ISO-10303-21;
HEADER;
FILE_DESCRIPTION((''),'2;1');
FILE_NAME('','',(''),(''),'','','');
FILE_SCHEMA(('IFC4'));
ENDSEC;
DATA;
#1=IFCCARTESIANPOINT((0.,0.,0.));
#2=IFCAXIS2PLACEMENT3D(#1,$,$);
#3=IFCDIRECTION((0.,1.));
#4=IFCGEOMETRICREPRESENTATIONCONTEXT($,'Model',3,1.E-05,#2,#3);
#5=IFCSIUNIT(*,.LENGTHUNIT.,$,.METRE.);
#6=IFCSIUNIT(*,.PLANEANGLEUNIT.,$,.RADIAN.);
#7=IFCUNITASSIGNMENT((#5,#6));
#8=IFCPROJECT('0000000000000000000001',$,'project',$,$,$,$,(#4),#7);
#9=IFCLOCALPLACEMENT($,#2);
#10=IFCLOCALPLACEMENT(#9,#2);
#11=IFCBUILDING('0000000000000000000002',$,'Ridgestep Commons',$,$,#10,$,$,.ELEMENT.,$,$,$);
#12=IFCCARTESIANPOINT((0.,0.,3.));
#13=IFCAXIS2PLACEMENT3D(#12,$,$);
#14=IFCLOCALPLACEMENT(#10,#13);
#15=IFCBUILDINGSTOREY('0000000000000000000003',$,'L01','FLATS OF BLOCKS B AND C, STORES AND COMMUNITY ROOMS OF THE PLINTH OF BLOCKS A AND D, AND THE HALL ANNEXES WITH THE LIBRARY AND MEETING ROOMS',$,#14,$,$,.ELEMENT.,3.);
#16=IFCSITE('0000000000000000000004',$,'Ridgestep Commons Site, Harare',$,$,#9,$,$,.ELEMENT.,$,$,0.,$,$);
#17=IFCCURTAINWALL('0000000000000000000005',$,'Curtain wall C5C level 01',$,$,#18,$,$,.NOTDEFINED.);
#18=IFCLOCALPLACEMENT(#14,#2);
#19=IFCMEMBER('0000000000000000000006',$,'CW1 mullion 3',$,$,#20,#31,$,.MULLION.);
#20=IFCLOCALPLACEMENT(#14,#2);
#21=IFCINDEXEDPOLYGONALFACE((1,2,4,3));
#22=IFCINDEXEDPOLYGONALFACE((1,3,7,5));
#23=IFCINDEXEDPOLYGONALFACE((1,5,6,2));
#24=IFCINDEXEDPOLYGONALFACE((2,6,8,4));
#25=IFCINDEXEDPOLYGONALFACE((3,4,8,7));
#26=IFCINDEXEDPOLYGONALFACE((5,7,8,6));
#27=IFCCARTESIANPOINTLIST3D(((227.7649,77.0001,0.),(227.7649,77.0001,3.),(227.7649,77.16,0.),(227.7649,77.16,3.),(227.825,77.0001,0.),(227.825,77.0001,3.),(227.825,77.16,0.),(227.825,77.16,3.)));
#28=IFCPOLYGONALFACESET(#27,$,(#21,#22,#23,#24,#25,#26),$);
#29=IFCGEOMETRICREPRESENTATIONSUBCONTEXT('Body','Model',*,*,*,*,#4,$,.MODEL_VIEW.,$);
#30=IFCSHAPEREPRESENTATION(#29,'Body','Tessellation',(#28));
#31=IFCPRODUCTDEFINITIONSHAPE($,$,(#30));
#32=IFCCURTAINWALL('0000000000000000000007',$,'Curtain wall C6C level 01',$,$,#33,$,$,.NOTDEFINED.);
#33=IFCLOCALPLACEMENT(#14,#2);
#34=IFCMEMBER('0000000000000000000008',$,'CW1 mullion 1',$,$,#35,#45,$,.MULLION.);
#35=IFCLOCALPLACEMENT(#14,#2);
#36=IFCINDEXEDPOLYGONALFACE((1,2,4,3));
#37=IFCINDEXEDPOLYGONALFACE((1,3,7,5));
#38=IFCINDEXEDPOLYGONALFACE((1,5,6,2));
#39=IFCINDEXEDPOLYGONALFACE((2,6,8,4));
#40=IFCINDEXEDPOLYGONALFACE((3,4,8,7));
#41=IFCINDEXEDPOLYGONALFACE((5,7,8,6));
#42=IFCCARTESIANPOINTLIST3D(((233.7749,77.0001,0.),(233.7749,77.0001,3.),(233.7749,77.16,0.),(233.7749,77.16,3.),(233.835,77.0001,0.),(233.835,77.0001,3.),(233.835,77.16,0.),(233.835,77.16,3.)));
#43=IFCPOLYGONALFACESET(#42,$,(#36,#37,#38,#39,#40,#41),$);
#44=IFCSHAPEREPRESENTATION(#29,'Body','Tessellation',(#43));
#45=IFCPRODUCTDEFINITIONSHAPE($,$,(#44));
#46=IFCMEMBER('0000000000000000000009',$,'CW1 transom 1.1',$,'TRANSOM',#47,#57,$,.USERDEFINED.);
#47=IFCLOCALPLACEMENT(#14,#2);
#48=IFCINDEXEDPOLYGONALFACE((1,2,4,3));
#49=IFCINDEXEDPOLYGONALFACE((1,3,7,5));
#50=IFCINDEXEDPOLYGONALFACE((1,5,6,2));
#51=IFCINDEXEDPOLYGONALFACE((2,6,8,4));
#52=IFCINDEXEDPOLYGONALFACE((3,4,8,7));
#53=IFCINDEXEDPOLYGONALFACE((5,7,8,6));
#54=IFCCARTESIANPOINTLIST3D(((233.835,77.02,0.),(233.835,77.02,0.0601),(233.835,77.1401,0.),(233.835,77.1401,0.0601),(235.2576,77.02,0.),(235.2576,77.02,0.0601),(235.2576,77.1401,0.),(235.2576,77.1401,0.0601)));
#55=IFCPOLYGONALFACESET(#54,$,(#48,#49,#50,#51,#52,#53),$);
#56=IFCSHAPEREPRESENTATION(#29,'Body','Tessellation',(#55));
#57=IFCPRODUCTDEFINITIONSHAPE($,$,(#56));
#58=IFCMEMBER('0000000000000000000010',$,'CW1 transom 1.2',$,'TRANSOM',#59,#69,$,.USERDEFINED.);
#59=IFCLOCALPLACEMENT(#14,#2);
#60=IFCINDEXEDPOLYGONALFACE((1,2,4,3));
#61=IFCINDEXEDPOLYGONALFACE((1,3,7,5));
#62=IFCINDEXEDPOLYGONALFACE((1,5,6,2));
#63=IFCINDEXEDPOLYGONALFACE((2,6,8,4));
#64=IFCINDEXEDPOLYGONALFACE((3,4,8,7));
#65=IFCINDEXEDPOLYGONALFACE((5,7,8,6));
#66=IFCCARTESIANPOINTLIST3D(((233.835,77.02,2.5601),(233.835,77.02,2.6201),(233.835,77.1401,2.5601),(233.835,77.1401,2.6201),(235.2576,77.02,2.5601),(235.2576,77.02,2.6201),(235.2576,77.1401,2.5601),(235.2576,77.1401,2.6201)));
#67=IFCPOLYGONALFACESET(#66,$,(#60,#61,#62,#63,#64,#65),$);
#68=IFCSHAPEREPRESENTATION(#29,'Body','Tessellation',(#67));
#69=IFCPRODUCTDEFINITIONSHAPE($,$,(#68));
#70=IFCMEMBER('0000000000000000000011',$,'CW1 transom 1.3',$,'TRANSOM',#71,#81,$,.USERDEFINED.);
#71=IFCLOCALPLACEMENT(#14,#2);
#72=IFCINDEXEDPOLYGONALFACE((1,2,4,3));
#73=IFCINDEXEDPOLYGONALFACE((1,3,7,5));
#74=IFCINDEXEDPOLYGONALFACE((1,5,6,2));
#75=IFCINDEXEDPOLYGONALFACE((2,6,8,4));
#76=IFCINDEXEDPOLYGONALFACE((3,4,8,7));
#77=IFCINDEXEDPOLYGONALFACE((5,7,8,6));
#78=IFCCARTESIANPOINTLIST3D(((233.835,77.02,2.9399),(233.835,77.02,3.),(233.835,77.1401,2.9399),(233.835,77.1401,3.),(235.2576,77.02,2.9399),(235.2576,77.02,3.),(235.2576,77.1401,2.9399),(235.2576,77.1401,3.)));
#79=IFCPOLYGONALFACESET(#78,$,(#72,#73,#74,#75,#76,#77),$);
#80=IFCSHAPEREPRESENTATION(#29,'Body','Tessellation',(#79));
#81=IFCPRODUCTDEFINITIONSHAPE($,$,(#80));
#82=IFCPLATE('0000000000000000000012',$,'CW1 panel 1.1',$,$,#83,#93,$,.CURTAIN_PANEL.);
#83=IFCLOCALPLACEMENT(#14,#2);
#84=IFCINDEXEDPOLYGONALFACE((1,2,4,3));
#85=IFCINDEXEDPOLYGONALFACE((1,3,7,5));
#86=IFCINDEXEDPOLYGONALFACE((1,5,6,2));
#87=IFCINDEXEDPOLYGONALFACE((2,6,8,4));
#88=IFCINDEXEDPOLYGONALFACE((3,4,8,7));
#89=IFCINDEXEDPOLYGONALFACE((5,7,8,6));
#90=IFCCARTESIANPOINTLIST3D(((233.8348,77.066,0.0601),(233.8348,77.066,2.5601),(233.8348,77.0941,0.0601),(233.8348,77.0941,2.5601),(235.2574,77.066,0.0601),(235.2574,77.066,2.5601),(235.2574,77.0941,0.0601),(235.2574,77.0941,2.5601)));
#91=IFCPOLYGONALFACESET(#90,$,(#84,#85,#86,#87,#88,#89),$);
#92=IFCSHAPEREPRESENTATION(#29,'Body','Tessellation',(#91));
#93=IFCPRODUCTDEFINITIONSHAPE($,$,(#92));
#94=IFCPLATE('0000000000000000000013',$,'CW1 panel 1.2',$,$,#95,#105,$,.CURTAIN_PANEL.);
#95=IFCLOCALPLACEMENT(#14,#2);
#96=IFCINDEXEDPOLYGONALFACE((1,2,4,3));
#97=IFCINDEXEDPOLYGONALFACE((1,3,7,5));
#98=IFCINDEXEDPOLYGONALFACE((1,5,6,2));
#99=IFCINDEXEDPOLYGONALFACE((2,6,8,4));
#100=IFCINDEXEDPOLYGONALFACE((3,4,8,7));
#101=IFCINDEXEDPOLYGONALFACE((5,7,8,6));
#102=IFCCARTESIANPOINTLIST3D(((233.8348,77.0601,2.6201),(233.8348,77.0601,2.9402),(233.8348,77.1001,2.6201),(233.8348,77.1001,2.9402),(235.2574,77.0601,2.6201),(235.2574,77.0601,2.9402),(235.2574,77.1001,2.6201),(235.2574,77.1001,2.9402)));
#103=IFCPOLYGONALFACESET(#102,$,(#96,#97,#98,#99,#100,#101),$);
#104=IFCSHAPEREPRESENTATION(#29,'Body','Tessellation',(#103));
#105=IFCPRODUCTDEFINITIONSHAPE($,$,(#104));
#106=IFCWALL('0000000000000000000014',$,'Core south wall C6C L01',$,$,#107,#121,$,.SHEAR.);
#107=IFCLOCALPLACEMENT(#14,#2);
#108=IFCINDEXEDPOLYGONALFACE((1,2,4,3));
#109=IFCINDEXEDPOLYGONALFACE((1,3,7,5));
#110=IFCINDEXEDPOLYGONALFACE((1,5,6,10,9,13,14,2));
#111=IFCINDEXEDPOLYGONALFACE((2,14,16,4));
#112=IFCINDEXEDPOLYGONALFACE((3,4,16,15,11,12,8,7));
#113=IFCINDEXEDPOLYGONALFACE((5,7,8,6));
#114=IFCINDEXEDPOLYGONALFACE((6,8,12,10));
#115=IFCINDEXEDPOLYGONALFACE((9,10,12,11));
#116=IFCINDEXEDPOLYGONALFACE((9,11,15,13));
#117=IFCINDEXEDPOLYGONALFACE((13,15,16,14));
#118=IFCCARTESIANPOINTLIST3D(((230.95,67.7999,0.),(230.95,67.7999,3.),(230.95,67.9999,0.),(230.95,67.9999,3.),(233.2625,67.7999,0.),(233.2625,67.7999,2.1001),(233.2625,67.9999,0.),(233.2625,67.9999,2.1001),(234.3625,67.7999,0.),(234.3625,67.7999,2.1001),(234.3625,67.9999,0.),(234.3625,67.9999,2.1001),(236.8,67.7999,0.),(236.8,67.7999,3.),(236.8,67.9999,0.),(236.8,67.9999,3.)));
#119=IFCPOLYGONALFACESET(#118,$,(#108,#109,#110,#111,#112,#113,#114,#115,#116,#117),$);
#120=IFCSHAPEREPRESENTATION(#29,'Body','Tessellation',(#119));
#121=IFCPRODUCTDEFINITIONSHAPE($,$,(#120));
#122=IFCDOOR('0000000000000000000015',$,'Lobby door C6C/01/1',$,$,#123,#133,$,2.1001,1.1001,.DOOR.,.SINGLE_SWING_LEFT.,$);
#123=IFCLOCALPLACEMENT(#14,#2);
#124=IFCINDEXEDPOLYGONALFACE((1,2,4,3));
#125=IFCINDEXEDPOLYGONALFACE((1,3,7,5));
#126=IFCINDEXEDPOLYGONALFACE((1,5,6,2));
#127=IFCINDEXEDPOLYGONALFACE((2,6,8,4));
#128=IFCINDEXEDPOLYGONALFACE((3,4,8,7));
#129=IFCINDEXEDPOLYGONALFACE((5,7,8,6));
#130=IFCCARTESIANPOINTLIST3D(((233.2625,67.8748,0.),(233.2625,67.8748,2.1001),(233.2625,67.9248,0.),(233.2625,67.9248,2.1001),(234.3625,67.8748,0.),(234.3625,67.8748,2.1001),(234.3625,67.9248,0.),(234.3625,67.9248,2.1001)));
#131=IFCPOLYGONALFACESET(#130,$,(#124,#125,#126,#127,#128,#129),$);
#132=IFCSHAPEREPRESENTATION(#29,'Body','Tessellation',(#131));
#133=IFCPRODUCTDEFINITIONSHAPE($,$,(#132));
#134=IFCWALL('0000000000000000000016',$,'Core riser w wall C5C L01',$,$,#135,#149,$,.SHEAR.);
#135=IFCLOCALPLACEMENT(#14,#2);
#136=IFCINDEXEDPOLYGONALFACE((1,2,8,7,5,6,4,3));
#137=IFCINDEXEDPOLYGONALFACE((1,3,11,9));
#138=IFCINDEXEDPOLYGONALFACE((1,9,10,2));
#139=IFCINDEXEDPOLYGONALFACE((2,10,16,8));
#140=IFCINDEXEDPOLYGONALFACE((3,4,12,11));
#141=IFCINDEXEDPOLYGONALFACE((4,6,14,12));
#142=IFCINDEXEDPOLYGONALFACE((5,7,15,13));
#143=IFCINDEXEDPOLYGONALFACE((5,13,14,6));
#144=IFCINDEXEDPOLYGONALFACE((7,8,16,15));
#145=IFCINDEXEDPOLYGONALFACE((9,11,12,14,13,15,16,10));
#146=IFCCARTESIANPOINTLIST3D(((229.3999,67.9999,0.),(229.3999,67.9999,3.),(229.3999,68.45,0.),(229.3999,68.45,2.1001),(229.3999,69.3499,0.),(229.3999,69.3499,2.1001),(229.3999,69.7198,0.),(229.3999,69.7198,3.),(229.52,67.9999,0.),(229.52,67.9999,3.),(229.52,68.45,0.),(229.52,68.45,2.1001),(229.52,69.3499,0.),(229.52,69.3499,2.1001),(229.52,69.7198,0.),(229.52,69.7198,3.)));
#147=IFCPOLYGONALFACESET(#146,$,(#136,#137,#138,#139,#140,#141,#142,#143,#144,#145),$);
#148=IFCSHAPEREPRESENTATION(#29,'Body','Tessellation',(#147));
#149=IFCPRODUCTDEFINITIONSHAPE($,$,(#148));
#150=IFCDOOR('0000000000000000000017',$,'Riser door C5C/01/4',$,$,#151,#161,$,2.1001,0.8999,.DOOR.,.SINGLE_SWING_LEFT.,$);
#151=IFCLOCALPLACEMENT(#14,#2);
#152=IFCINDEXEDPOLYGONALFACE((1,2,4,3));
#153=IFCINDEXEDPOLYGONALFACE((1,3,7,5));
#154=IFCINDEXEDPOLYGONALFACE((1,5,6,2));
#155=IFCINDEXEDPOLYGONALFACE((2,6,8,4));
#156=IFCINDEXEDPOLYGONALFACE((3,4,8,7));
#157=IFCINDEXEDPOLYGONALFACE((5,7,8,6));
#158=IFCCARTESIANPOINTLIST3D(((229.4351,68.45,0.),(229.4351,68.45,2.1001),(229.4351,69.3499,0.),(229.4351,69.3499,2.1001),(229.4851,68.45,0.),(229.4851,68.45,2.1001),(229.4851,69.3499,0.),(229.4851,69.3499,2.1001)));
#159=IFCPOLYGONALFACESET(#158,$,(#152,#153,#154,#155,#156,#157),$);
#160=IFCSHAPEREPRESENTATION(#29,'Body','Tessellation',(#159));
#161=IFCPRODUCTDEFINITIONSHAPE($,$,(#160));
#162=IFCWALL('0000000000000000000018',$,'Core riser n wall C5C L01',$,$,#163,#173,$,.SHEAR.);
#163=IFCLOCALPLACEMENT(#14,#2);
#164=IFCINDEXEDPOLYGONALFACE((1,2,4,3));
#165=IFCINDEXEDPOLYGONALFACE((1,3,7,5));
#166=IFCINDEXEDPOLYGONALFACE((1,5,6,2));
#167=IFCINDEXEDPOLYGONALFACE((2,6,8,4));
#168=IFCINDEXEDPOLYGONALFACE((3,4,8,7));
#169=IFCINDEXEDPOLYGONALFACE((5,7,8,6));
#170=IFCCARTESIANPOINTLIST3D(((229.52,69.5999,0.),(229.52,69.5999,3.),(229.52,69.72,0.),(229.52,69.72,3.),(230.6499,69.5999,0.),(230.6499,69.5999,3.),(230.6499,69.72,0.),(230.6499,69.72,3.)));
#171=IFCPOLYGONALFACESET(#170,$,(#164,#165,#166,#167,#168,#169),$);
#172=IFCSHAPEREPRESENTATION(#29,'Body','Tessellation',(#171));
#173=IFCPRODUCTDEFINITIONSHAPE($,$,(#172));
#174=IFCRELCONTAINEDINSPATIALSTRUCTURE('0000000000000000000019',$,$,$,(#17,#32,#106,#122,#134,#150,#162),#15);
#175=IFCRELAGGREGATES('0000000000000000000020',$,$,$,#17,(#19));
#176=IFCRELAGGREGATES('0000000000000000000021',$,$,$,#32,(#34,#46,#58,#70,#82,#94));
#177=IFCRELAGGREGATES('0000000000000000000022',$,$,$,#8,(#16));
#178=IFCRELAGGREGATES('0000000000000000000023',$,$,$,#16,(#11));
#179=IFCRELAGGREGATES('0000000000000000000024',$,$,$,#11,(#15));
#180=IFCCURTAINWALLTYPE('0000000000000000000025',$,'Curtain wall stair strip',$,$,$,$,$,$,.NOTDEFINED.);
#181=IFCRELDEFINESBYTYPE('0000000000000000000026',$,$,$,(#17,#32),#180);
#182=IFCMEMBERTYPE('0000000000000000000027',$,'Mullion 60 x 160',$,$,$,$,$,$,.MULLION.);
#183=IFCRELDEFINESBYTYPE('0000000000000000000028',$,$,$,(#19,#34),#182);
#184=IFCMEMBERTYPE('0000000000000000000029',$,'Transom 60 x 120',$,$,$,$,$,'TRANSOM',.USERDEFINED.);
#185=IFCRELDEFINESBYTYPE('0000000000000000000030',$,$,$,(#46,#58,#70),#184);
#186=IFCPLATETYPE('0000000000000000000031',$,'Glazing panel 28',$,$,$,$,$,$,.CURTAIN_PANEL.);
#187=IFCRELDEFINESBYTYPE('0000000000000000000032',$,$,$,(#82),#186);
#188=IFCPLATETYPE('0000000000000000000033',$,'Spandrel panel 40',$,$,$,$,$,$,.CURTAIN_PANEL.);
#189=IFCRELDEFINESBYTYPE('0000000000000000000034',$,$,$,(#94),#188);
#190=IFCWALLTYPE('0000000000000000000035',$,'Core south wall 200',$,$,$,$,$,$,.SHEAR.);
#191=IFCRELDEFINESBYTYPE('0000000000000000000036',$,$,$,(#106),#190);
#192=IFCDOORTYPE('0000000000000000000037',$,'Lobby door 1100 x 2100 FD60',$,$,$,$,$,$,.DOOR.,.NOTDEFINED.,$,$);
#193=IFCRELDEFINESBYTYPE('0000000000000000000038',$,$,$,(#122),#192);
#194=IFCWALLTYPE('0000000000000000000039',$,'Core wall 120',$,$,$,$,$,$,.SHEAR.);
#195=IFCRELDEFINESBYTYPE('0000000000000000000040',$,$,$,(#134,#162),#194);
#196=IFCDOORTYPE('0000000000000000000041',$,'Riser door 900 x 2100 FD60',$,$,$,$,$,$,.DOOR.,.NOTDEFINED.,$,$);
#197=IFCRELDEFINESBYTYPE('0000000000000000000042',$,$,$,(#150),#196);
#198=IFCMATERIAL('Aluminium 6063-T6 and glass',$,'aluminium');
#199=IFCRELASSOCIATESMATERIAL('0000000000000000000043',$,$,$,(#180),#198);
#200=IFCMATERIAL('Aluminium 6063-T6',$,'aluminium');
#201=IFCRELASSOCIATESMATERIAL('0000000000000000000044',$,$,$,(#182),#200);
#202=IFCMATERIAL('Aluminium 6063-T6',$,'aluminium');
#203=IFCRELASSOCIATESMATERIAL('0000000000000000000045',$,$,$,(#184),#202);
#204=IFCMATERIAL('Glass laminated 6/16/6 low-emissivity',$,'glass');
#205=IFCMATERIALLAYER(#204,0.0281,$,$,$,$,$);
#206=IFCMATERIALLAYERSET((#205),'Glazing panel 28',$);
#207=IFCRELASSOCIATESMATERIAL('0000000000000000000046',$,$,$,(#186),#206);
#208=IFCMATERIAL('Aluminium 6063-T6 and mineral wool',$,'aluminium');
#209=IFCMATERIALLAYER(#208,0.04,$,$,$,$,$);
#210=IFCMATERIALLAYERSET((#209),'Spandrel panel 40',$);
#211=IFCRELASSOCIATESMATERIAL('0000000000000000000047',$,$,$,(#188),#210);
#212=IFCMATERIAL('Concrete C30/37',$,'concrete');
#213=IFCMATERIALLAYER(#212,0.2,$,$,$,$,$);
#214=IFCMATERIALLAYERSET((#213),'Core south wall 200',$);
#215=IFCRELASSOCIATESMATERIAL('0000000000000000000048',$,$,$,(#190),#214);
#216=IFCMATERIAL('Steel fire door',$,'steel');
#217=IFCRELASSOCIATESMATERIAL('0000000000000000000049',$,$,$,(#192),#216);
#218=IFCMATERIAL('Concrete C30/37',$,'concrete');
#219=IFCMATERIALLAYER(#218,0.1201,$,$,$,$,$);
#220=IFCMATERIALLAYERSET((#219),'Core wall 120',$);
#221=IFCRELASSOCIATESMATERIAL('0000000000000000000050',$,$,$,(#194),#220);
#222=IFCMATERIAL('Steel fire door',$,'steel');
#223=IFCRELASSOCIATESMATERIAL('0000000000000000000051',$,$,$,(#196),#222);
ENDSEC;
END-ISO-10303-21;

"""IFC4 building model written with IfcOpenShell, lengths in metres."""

from ifc_helpers import new_model, si_unit, direction, frame, frame_2d, origin, origin_2d, place, context, subcontext, project, spatial, rectangle, extrude, material, layer, layer_set, material_profile, profile_set, type_object, element, fill, aggregate, save


model = new_model("IFC4")

# Units and contexts
model_context = context("Model", 3, precision=1e-05, world=origin(), true_north=direction((0.0, 1.0)))
body_context = subcontext(model_context, "Body", "Model", "MODEL_VIEW")
ifc_project = project(units=[si_unit("LENGTHUNIT", "METRE"), si_unit("PLANEANGLEUNIT", "RADIAN")], contexts=[model_context])

# Site, building, storey
site_placement = place(None, origin())
site = spatial("IfcSite", under=ifc_project, at=site_placement, Name="Ridgestep Commons Site, Harare", CompositionType="ELEMENT", RefElevation=0.0)
building_placement = place(site_placement, origin())
building = spatial("IfcBuilding", under=site, at=building_placement, Name="Ridgestep Commons", CompositionType="ELEMENT")
storey_placement = place(building_placement, frame((0.0, 0.0, 3.0)))
storey = spatial("IfcBuildingStorey", under=building, at=storey_placement, Name="L01", Description="FLATS OF BLOCKS B AND C, STORES AND COMMUNITY ROOMS OF THE PLINTH OF BLOCKS A AND D, AND THE HALL ANNEXES WITH THE LIBRARY AND MEETING ROOMS", CompositionType="ELEMENT", Elevation=3.0)

# Curtain wall, member
ifc_material_1 = material(Name="Aluminium 6063-T6 and glass", Category="aluminium")
curtain_wall_type = type_object("IfcCurtainWallType", Name="Curtain wall stair strip", PredefinedType="NOTDEFINED", material=ifc_material_1)
curtain_wall_1_placement = place(storey_placement, origin())
curtain_wall_1 = element("IfcCurtainWall", 1, at=curtain_wall_1_placement, inside=storey, type_object=curtain_wall_type, Name="Curtain wall C5C level 01", PredefinedType="NOTDEFINED")
ifc_material_2 = material(Name="Aluminium 6063-T6", Category="aluminium")
ifc_material_profile_1 = material_profile(ifc_material_2, rectangle(XDim=0.1599, YDim=0.0601, at=origin_2d()), Name="Mullion 60 x 160")
ifc_profile_set_1 = profile_set([ifc_material_profile_1], Name="Aluminium 6063-T6")
member_type_1 = type_object("IfcMemberType", Name="Mullion 60 x 160", PredefinedType="MULLION", material=ifc_profile_set_1)
member_1_placement = place(storey_placement, frame((227.7949, 77.0801, 0.0), z_axis=(0.0, 0.0, 1.0), x_axis=(0.0, 1.0, 0.0)))
member_1 = element("IfcMember", 2, at=member_1_placement, type_object=member_type_1, Name="CW1 mullion 3", PredefinedType="MULLION", context=body_context, shape_type="SweptSolid", body=[
    extrude(rectangle(XDim=0.1599, YDim=0.0601, at=origin_2d()), origin(), (0.0, 0.0, 1.0), 3.0),
])
aggregate(curtain_wall_1, [member_1])

# Curtain wall, members, plates
curtain_wall_2_placement = place(storey_placement, origin())
curtain_wall_2 = element("IfcCurtainWall", 3, at=curtain_wall_2_placement, inside=storey, type_object=curtain_wall_type, Name="Curtain wall C6C level 01", PredefinedType="NOTDEFINED")
member_2_placement = place(storey_placement, frame((233.8049, 77.0801, 0.0), z_axis=(0.0, 0.0, 1.0), x_axis=(0.0, 1.0, 0.0)))
member_2 = element("IfcMember", 4, at=member_2_placement, type_object=member_type_1, Name="CW1 mullion 1", PredefinedType="MULLION", context=body_context, shape_type="SweptSolid", body=[
    extrude(rectangle(XDim=0.1599, YDim=0.0601, at=origin_2d()), origin(), (0.0, 0.0, 1.0), 3.0),
])
ifc_material_3 = material(Name="Aluminium 6063-T6", Category="aluminium")
ifc_material_profile_2 = material_profile(ifc_material_3, rectangle(XDim=0.1201, YDim=0.0601, at=origin_2d()), Name="Transom 60 x 120")
ifc_profile_set_2 = profile_set([ifc_material_profile_2], Name="Aluminium 6063-T6")
member_type_2 = type_object("IfcMemberType", Name="Transom 60 x 120", ElementType="TRANSOM", PredefinedType="USERDEFINED", material=ifc_profile_set_2)
member_3_placement = place(storey_placement, frame((233.835, 77.0801, 0.03), z_axis=(1.0, 0.0, 0.0), x_axis=(0.0, 1.0, 0.0)))
member_3 = element("IfcMember", 5, at=member_3_placement, type_object=member_type_2, Name="CW1 transom 1.1", ObjectType="TRANSOM", PredefinedType="USERDEFINED", context=body_context, shape_type="SweptSolid", body=[
    extrude(rectangle(XDim=0.1201, YDim=0.0601, at=origin_2d()), origin(), (0.0, 0.0, 1.0), 1.4226),
])
member_4_placement = place(storey_placement, frame((233.835, 77.0801, 2.5901), z_axis=(1.0, 0.0, 0.0), x_axis=(0.0, 1.0, 0.0)))
member_4 = element("IfcMember", 6, at=member_4_placement, type_object=member_type_2, Name="CW1 transom 1.2", ObjectType="TRANSOM", PredefinedType="USERDEFINED", context=body_context, shape_type="SweptSolid", body=[
    extrude(rectangle(XDim=0.1201, YDim=0.0601, at=origin_2d()), origin(), (0.0, 0.0, 1.0), 1.4226),
])
member_5_placement = place(storey_placement, frame((233.835, 77.0801, 2.97), z_axis=(1.0, 0.0, 0.0), x_axis=(0.0, 1.0, 0.0)))
member_5 = element("IfcMember", 7, at=member_5_placement, type_object=member_type_2, Name="CW1 transom 1.3", ObjectType="TRANSOM", PredefinedType="USERDEFINED", context=body_context, shape_type="SweptSolid", body=[
    extrude(rectangle(XDim=0.1201, YDim=0.0601, at=origin_2d()), origin(), (0.0, 0.0, 1.0), 1.4226),
])
ifc_material_4 = material(Name="Glass laminated 6/16/6 low-emissivity", Category="glass")
ifc_layer_1 = layer(ifc_material_4, 0.0281)
ifc_layer_set_1 = layer_set([ifc_layer_1], Name="Glazing panel 28")
plate_type_1 = type_object("IfcPlateType", Name="Glazing panel 28", PredefinedType="CURTAIN_PANEL", material=ifc_layer_set_1)
plate_1_placement = place(storey_placement, frame((234.5461, 77.0801, 0.0601), z_axis=(0.0, 0.0, 1.0), x_axis=(1.0, 0.0, 0.0)))
plate_1 = element("IfcPlate", 8, at=plate_1_placement, type_object=plate_type_1, Name="CW1 panel 1.1", PredefinedType="CURTAIN_PANEL", context=body_context, shape_type="SweptSolid", body=[
    extrude(rectangle(XDim=1.4226, YDim=0.0281, at=origin_2d()), origin(), (0.0, 0.0, 1.0), 2.5),
])
ifc_material_5 = material(Name="Aluminium 6063-T6 and mineral wool", Category="aluminium")
ifc_layer_2 = layer(ifc_material_5, 0.04)
ifc_layer_set_2 = layer_set([ifc_layer_2], Name="Spandrel panel 40")
plate_type_2 = type_object("IfcPlateType", Name="Spandrel panel 40", PredefinedType="CURTAIN_PANEL", material=ifc_layer_set_2)
plate_2_placement = place(storey_placement, frame((234.5461, 77.0801, 2.6201), z_axis=(0.0, 0.0, 1.0), x_axis=(1.0, 0.0, 0.0)))
plate_2 = element("IfcPlate", 9, at=plate_2_placement, type_object=plate_type_2, Name="CW1 panel 1.2", PredefinedType="CURTAIN_PANEL", context=body_context, shape_type="SweptSolid", body=[
    extrude(rectangle(XDim=1.4226, YDim=0.04, at=origin_2d()), origin(), (0.0, 0.0, 1.0), 0.3201),
])
aggregate(curtain_wall_2, [member_2, member_3, member_4, member_5, plate_1, plate_2])

# Walls, openings, doors
ifc_material_6 = material(Name="Concrete C30/37", Category="concrete")
ifc_layer_3 = layer(ifc_material_6, 0.2)
ifc_layer_set_3 = layer_set([ifc_layer_3], Name="Core south wall 200")
wall_type_1 = type_object("IfcWallType", Name="Core south wall 200", PredefinedType="SHEAR", material=ifc_layer_set_3)
wall_1_placement = place(storey_placement, frame((230.95, 67.8999, 0.0), z_axis=(0.0, 0.0, 1.0), x_axis=(1.0, 0.0, 0.0)))
wall_1 = element("IfcWall", 10, at=wall_1_placement, inside=storey, type_object=wall_type_1, Name="Core south wall C6C L01", PredefinedType="SHEAR", context=body_context, shape_type="SweptSolid", body=[
    extrude(rectangle(XDim=5.8501, YDim=0.2, at=frame_2d((2.925, 0.0))), origin(), (0.0, 0.0, 1.0), 3.0),
])
opening_1_placement = place(wall_1_placement, frame((2.3125, 0.0, 0.0)))
opening_1 = element("IfcOpeningElement", 11, at=opening_1_placement, cuts=wall_1, PredefinedType="OPENING", context=body_context, shape_type="SweptSolid", body=[
    extrude(rectangle(XDim=1.1001, YDim=2.1001, at=frame_2d((0.55, 1.05))), frame((0.0, 0.1099, 0.0), z_axis=(0.0, -1.0, 0.0), x_axis=(1.0, 0.0, 0.0)), (0.0, 0.0, 1.0), 0.22),
])
ifc_material_7 = material(Name="Steel fire door", Category="steel")
door_type_1 = type_object("IfcDoorType", Name="Lobby door 1100 x 2100 FD60", OperationType="NOTDEFINED", PredefinedType="DOOR", material=ifc_material_7)
door_1_placement = place(opening_1_placement, origin())
door_1 = element("IfcDoor", 12, at=door_1_placement, inside=storey, type_object=door_type_1, Name="Lobby door C6C/01/1", OperationType="SINGLE_SWING_LEFT", OverallHeight=2.1001, OverallWidth=1.1001, PredefinedType="DOOR", context=body_context, shape_type="SweptSolid", body=[
    extrude(rectangle(XDim=1.1001, YDim=2.1001, at=frame_2d((0.55, 1.05))), frame((0.0, 0.0249, 0.0), z_axis=(0.0, -1.0, 0.0), x_axis=(1.0, 0.0, 0.0)), (0.0, 0.0, 1.0), 0.05),
])
fill(opening_1, door_1)
ifc_material_8 = material(Name="Concrete C30/37", Category="concrete")
ifc_layer_4 = layer(ifc_material_8, 0.1201)
ifc_layer_set_4 = layer_set([ifc_layer_4], Name="Core wall 120")
wall_type_2 = type_object("IfcWallType", Name="Core wall 120", PredefinedType="SHEAR", material=ifc_layer_set_4)
wall_2_placement = place(storey_placement, frame((229.46, 68.0, 0.0), z_axis=(0.0, 0.0, 1.0), x_axis=(0.0, 1.0, 0.0)))
wall_2 = element("IfcWall", 13, at=wall_2_placement, inside=storey, type_object=wall_type_2, Name="Core riser w wall C5C L01", PredefinedType="SHEAR", context=body_context, shape_type="SweptSolid", body=[
    extrude(rectangle(XDim=1.72, YDim=0.1201, at=frame_2d((0.8599, 0.0))), origin(), (0.0, 0.0, 1.0), 3.0),
])
opening_2_placement = place(wall_2_placement, frame((0.45, 0.0, 0.0)))
opening_2 = element("IfcOpeningElement", 14, at=opening_2_placement, cuts=wall_2, PredefinedType="OPENING", context=body_context, shape_type="SweptSolid", body=[
    extrude(rectangle(XDim=0.8999, YDim=2.1001, at=frame_2d((0.45, 1.05))), frame((0.0, 0.0701, 0.0), z_axis=(0.0, -1.0, 0.0), x_axis=(1.0, 0.0, 0.0)), (0.0, 0.0, 1.0), 0.1401),
])
ifc_material_9 = material(Name="Steel fire door", Category="steel")
door_type_2 = type_object("IfcDoorType", Name="Riser door 900 x 2100 FD60", OperationType="NOTDEFINED", PredefinedType="DOOR", material=ifc_material_9)
door_2_placement = place(opening_2_placement, origin())
door_2 = element("IfcDoor", 15, at=door_2_placement, inside=storey, type_object=door_type_2, Name="Riser door C5C/01/4", OperationType="SINGLE_SWING_LEFT", OverallHeight=2.1001, OverallWidth=0.8999, PredefinedType="DOOR", context=body_context, shape_type="SweptSolid", body=[
    extrude(rectangle(XDim=0.8999, YDim=2.1001, at=frame_2d((0.45, 1.05))), frame((0.0, 0.0249, 0.0), z_axis=(0.0, -1.0, 0.0), x_axis=(1.0, 0.0, 0.0)), (0.0, 0.0, 1.0), 0.05),
])
fill(opening_2, door_2)

# Wall
wall_3_placement = place(storey_placement, frame((229.52, 69.6599, 0.0), z_axis=(0.0, 0.0, 1.0), x_axis=(1.0, 0.0, 0.0)))
element("IfcWall", 16, at=wall_3_placement, inside=storey, type_object=wall_type_2, Name="Core riser n wall C5C L01", PredefinedType="SHEAR", context=body_context, shape_type="SweptSolid", body=[
    extrude(rectangle(XDim=1.1299, YDim=0.1201, at=frame_2d((0.5649, 0.0))), origin(), (0.0, 0.0, 1.0), 3.0),
])

save(model, "model.ifc")
